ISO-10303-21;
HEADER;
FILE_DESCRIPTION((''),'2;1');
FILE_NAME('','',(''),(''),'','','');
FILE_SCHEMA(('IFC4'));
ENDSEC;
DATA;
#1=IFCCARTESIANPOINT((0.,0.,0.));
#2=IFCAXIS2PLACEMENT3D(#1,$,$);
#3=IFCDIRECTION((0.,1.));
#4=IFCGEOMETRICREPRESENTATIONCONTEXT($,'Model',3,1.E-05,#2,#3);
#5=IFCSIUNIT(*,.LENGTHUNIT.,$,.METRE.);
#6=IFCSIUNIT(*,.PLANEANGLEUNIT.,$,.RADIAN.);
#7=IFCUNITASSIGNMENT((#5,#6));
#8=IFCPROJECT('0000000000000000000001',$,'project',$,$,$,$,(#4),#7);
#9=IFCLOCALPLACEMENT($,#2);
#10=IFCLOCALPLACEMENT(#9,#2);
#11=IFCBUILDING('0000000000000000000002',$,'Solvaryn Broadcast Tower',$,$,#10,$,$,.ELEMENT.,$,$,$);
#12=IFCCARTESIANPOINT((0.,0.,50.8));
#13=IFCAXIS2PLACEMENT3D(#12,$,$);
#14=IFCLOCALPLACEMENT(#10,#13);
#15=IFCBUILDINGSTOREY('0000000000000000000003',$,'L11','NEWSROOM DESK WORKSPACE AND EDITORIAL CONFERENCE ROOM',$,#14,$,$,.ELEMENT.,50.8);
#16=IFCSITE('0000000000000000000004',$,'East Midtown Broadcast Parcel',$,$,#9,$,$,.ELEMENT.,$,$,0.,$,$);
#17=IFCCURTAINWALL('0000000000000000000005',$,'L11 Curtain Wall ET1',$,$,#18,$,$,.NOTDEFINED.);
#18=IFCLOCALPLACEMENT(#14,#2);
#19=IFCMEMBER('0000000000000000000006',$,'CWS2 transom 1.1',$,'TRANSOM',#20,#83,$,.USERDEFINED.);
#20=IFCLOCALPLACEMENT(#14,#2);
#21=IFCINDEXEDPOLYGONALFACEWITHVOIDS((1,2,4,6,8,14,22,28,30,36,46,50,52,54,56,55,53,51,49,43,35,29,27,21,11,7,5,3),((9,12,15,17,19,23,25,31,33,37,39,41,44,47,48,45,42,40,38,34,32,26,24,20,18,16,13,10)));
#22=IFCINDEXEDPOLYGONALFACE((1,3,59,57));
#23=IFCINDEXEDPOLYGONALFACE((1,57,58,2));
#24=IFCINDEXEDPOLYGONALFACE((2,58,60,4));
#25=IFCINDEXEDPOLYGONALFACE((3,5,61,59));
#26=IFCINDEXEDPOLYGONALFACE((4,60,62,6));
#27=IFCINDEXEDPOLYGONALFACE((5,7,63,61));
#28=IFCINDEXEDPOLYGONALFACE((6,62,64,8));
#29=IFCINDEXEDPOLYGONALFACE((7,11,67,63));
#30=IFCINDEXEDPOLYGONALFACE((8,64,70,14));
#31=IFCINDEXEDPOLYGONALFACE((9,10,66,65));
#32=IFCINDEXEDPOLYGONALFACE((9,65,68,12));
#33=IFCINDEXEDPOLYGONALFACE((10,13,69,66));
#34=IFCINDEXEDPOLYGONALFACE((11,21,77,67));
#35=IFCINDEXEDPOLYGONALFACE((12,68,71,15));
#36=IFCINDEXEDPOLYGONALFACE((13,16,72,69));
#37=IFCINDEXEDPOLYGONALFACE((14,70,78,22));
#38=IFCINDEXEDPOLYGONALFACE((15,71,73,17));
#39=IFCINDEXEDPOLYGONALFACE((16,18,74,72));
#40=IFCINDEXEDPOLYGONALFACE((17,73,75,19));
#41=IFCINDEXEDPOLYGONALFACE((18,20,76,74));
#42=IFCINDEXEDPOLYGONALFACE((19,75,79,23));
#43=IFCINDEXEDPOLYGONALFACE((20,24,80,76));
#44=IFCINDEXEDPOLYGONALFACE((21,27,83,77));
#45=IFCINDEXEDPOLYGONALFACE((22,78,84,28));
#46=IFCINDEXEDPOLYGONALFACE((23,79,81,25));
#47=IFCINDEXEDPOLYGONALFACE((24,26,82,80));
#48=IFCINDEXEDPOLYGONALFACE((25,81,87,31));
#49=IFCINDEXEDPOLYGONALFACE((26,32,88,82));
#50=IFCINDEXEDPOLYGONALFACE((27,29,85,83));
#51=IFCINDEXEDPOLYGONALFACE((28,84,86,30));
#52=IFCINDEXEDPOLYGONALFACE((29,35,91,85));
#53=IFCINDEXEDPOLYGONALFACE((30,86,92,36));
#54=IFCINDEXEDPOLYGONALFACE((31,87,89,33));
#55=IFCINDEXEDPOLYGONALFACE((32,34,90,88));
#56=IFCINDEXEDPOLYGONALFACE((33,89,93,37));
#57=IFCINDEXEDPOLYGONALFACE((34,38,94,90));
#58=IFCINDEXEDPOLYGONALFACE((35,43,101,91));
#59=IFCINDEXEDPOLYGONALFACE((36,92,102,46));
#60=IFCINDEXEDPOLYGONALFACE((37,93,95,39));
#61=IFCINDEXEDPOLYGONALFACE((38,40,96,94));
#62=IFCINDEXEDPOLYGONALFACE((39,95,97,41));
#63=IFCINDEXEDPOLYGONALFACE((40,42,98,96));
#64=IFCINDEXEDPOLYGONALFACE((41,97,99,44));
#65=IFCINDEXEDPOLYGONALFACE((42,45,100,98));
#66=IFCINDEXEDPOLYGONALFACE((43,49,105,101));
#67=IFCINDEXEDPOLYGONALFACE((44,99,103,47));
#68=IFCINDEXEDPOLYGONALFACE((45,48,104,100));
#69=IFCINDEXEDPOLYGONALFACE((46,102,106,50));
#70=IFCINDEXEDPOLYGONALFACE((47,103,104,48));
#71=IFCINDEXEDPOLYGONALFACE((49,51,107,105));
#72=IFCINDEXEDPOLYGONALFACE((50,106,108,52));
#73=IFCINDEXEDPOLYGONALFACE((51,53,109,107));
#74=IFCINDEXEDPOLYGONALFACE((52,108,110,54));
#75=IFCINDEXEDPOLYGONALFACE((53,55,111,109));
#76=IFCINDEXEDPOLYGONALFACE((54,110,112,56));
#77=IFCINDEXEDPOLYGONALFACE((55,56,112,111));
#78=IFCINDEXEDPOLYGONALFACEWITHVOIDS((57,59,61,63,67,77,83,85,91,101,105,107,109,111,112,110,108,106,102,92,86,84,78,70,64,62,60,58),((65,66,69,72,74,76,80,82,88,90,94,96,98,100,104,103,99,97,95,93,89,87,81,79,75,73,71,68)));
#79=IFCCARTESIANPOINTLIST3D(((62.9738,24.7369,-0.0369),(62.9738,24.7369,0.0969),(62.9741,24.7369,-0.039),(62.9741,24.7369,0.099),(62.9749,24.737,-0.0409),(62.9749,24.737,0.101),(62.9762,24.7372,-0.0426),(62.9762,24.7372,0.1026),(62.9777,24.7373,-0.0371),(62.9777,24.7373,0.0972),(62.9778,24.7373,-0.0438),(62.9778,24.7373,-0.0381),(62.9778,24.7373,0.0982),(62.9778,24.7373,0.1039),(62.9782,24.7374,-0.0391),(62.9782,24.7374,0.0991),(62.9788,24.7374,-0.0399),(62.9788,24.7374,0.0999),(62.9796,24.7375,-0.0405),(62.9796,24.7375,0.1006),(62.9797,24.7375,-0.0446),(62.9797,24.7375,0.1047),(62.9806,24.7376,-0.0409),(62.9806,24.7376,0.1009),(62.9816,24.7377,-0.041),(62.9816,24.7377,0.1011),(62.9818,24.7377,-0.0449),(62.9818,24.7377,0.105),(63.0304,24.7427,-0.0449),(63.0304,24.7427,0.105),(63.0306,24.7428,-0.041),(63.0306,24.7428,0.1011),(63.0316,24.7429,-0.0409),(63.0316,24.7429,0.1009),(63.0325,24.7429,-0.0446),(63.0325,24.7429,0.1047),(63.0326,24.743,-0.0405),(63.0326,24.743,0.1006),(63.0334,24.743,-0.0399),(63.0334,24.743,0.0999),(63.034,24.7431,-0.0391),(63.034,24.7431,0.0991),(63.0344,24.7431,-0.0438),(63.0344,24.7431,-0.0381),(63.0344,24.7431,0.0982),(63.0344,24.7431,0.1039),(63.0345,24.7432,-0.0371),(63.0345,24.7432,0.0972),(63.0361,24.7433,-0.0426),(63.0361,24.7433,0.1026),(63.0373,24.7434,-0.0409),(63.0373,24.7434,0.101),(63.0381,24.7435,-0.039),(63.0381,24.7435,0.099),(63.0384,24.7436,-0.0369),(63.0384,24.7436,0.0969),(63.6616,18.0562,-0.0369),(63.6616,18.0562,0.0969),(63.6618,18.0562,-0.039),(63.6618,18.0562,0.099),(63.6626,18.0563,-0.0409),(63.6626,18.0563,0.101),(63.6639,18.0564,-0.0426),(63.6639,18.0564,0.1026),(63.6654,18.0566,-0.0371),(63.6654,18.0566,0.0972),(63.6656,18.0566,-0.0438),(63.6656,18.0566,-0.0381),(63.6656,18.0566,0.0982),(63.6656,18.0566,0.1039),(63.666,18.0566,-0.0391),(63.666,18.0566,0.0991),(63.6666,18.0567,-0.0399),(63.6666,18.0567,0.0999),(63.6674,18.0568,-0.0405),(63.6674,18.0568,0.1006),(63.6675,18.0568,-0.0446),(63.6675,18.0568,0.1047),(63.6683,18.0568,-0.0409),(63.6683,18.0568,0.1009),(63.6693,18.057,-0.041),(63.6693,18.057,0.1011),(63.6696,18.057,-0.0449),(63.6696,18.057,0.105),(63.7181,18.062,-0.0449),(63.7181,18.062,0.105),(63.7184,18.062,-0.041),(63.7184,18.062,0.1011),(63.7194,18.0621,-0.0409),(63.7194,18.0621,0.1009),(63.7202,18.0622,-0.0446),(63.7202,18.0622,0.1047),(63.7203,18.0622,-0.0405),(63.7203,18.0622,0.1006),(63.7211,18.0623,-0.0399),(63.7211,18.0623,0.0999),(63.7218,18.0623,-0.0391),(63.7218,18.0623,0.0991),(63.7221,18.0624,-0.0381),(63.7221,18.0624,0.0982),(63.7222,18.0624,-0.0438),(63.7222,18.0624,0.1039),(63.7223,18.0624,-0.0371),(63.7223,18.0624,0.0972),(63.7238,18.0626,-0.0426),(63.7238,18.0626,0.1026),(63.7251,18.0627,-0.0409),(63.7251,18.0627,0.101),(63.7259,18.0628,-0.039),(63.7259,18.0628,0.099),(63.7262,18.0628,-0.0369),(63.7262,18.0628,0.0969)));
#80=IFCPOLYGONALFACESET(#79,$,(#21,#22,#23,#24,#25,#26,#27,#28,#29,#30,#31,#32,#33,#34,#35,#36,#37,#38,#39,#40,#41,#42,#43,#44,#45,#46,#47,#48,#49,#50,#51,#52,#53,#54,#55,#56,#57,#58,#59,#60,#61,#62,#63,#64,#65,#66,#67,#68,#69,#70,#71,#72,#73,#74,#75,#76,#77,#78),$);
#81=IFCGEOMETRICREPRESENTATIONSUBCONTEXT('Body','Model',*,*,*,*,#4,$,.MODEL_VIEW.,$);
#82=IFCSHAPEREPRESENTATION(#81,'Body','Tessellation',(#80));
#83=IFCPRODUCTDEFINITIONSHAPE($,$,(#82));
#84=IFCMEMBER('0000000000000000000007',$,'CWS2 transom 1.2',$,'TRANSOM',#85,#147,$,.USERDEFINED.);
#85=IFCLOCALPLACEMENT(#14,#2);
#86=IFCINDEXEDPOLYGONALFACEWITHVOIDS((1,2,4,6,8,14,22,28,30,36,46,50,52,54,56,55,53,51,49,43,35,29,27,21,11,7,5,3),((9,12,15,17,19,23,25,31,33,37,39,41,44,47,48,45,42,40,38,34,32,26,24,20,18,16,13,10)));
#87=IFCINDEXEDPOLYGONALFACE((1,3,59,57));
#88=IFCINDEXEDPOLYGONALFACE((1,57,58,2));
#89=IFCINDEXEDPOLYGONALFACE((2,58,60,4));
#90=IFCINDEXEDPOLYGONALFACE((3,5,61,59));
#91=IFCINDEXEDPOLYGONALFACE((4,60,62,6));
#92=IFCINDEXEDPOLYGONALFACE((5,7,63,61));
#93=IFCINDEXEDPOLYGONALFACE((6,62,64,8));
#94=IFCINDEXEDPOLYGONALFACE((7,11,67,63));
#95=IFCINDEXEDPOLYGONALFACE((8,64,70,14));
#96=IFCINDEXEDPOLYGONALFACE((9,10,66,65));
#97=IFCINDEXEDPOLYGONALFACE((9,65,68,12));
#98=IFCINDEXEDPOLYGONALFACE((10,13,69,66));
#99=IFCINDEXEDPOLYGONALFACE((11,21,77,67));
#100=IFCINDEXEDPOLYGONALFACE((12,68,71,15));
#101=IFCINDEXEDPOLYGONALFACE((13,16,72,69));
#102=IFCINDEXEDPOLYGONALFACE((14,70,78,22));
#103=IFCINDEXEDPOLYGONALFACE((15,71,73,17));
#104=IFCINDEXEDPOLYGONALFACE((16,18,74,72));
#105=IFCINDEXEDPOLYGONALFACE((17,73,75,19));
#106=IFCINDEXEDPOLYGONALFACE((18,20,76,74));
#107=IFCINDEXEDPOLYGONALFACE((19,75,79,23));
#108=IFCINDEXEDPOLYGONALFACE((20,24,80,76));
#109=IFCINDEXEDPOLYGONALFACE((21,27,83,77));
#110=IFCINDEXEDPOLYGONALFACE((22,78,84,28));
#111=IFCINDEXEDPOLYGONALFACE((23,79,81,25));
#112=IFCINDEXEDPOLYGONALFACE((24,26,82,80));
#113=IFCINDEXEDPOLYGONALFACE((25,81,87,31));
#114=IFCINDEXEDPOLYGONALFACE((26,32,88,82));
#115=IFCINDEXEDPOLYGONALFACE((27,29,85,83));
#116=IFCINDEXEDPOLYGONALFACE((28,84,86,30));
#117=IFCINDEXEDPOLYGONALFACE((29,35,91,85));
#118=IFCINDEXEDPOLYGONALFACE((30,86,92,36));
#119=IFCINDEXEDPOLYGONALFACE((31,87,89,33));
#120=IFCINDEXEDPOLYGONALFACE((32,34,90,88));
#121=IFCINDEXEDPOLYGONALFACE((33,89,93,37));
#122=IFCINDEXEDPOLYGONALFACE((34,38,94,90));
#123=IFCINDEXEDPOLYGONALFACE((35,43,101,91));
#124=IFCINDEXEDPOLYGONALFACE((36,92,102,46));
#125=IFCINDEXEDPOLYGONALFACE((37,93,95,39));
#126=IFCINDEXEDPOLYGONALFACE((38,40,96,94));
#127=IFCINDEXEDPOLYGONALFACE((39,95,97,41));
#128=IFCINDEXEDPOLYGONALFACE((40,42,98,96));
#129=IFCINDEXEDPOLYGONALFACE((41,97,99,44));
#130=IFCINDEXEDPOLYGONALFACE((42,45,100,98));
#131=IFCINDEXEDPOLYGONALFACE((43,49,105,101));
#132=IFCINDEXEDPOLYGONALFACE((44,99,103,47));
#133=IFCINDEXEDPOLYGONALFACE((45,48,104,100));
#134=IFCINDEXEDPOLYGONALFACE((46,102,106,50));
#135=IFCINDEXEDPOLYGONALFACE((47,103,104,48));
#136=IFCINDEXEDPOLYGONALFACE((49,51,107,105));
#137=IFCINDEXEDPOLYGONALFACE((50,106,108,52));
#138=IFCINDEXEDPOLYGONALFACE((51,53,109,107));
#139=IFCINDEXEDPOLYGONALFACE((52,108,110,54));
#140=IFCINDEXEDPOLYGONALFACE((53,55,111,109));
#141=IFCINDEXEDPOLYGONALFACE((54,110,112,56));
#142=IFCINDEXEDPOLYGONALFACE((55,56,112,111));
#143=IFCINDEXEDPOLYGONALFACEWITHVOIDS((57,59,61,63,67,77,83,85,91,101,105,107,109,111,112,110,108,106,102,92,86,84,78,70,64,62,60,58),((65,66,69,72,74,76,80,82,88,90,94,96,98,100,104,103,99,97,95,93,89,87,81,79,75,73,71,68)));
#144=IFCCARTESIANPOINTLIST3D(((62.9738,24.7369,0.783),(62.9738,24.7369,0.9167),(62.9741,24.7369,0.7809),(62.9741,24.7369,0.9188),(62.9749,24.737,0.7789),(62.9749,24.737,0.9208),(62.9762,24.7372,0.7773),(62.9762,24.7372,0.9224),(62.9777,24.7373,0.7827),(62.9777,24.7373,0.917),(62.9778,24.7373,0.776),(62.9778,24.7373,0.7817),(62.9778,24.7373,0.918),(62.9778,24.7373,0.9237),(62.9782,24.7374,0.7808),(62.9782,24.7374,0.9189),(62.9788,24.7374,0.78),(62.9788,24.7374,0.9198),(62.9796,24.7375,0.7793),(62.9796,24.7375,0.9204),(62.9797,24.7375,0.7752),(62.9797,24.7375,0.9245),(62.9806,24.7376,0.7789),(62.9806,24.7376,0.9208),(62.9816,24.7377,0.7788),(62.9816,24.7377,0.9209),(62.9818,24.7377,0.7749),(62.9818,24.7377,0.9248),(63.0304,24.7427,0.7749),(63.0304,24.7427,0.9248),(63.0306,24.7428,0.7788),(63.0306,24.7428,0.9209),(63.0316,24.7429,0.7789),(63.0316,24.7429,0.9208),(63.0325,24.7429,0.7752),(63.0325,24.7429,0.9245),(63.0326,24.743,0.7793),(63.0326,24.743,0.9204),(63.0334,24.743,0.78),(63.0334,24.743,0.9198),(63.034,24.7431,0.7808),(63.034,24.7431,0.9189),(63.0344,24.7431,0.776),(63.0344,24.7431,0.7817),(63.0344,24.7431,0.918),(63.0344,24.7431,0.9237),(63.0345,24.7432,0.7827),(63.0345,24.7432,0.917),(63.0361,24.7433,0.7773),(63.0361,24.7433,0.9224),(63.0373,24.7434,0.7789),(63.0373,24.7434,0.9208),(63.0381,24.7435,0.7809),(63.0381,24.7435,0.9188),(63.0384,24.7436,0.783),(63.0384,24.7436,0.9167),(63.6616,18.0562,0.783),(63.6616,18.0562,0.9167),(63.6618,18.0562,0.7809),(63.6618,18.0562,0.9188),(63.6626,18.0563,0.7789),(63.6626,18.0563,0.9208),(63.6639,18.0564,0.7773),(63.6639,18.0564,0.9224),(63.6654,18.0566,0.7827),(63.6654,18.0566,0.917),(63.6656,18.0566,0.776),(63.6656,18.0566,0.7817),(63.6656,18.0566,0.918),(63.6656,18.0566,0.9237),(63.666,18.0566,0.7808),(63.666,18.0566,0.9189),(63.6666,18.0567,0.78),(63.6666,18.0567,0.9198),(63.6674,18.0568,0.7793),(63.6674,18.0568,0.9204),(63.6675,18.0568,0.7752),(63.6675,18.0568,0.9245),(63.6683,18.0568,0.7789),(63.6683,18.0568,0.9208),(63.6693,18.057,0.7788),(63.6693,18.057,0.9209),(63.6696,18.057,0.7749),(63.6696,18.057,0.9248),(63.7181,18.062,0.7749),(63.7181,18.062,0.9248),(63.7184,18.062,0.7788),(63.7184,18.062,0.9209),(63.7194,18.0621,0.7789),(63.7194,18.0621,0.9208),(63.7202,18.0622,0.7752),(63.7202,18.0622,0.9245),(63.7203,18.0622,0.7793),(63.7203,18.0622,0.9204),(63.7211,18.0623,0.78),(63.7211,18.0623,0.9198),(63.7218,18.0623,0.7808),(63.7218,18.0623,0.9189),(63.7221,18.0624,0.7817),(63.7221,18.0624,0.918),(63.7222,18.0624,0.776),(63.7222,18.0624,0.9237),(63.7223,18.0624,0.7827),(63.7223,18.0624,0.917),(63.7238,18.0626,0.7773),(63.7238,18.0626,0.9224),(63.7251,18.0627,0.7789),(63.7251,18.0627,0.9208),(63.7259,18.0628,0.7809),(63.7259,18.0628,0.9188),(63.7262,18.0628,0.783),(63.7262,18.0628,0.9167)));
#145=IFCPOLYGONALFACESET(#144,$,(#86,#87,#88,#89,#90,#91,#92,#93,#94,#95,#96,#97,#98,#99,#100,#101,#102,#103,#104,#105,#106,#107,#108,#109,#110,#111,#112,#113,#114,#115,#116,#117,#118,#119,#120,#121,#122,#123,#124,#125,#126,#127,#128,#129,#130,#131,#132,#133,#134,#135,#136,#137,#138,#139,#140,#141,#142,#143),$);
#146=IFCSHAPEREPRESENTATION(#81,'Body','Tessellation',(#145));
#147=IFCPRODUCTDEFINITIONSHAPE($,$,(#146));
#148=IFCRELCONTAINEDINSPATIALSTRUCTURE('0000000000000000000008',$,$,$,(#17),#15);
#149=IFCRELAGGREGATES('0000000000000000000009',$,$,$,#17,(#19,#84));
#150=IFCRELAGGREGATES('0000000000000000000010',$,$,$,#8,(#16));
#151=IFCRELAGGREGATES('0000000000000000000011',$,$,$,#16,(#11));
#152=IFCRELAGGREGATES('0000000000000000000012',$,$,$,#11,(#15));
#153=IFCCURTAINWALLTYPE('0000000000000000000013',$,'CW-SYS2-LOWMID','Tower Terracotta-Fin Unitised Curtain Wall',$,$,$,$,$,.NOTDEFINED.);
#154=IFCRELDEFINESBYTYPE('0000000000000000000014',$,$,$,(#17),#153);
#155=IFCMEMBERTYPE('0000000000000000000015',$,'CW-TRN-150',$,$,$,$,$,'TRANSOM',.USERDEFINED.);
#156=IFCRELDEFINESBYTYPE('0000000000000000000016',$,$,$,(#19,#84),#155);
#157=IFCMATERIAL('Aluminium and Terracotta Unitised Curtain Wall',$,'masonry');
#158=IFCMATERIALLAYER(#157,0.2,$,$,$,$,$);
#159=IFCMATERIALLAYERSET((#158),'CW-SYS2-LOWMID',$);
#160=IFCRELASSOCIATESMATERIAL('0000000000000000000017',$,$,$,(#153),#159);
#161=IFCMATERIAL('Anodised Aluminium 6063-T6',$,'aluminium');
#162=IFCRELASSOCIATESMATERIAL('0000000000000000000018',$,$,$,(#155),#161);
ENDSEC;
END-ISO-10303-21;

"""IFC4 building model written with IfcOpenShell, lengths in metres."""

from ifc_helpers import new_model, si_unit, direction, frame, origin, origin_2d, place, context, subcontext, project, spatial, hollow_rectangle, extrude, material, layer, layer_set, material_profile, profile_set, type_object, element, aggregate, save


model = new_model("IFC4")

# Units and contexts
model_context = context("Model", 3, precision=1e-05, world=origin(), true_north=direction((0.0, 1.0)))
body_context = subcontext(model_context, "Body", "Model", "MODEL_VIEW")
ifc_project = project(units=[si_unit("LENGTHUNIT", "METRE"), si_unit("PLANEANGLEUNIT", "RADIAN")], contexts=[model_context])

# Site, building, storey
site_placement = place(None, origin())
site = spatial("IfcSite", under=ifc_project, at=site_placement, Name="East Midtown Broadcast Parcel", CompositionType="ELEMENT", RefElevation=0.0)
building_placement = place(site_placement, origin())
building = spatial("IfcBuilding", under=site, at=building_placement, Name="Solvaryn Broadcast Tower", CompositionType="ELEMENT")
storey_placement = place(building_placement, frame((0.0, 0.0, 50.8)))
storey = spatial("IfcBuildingStorey", under=building, at=storey_placement, Name="L11", Description="NEWSROOM DESK WORKSPACE AND EDITORIAL CONFERENCE ROOM", CompositionType="ELEMENT", Elevation=50.8)

# Curtain wall
ifc_material_1 = material(Name="Aluminium and Terracotta Unitised Curtain Wall", Category="masonry")
ifc_layer_1 = layer(ifc_material_1, 0.2)
ifc_layer_set_1 = layer_set([ifc_layer_1], Name="CW-SYS2-LOWMID")
curtain_wall_type = type_object("IfcCurtainWallType", Name="CW-SYS2-LOWMID", Description="Tower Terracotta-Fin Unitised Curtain Wall", PredefinedType="NOTDEFINED", material=ifc_layer_set_1)
curtain_wall_1_placement = place(storey_placement, origin())
curtain_wall_1 = element("IfcCurtainWall", 1, at=curtain_wall_1_placement, inside=storey, type_object=curtain_wall_type, Name="L11 Curtain Wall ET1", PredefinedType="NOTDEFINED")

# Members
ifc_material_2 = material(Name="Anodised Aluminium 6063-T6", Category="aluminium")
ifc_material_profile_1 = material_profile(ifc_material_2, hollow_rectangle(XDim=0.0649, YDim=0.1499, WallThickness=0.0039, InnerFilletRadius=0.0039, OuterFilletRadius=0.0081, at=origin_2d()))
ifc_profile_set_1 = profile_set([ifc_material_profile_1], Name="Anodised Aluminium 6063-T6")
member_type_1 = type_object("IfcMemberType", Name="CW-TRN-150", ElementType="TRANSOM", PredefinedType="USERDEFINED", material=ifc_profile_set_1)
member_1_placement = place(storey_placement, frame((63.0061, 24.7402, 0.03), z_axis=(0.102404, -0.994743, 0.0), x_axis=(0.994743, 0.102404, 0.0)))
member_1 = element("IfcMember", 2, at=member_1_placement, type_object=member_type_1, Name="CWS2 transom 1.1", ObjectType="TRANSOM", PredefinedType="USERDEFINED", context=body_context, shape_type="SweptSolid", body=[
    extrude(hollow_rectangle(XDim=0.0649, YDim=0.1499, WallThickness=0.0039, InnerFilletRadius=0.0039, OuterFilletRadius=0.0081, at=origin_2d()), origin(), (0.0, 0.0, 1.0), 6.7161),
])
member_2_placement = place(storey_placement, frame((63.0061, 24.7402, 0.8499), z_axis=(0.102404, -0.994743, 0.0), x_axis=(0.994743, 0.102404, 0.0)))
member_2 = element("IfcMember", 3, at=member_2_placement, type_object=member_type_1, Name="CWS2 transom 1.2", ObjectType="TRANSOM", PredefinedType="USERDEFINED", context=body_context, shape_type="SweptSolid", body=[
    extrude(hollow_rectangle(XDim=0.0649, YDim=0.1499, WallThickness=0.0039, InnerFilletRadius=0.0039, OuterFilletRadius=0.0081, at=origin_2d()), origin(), (0.0, 0.0, 1.0), 6.7161),
])

aggregate(curtain_wall_1, [member_1, member_2])

save(model, "model.ifc")
